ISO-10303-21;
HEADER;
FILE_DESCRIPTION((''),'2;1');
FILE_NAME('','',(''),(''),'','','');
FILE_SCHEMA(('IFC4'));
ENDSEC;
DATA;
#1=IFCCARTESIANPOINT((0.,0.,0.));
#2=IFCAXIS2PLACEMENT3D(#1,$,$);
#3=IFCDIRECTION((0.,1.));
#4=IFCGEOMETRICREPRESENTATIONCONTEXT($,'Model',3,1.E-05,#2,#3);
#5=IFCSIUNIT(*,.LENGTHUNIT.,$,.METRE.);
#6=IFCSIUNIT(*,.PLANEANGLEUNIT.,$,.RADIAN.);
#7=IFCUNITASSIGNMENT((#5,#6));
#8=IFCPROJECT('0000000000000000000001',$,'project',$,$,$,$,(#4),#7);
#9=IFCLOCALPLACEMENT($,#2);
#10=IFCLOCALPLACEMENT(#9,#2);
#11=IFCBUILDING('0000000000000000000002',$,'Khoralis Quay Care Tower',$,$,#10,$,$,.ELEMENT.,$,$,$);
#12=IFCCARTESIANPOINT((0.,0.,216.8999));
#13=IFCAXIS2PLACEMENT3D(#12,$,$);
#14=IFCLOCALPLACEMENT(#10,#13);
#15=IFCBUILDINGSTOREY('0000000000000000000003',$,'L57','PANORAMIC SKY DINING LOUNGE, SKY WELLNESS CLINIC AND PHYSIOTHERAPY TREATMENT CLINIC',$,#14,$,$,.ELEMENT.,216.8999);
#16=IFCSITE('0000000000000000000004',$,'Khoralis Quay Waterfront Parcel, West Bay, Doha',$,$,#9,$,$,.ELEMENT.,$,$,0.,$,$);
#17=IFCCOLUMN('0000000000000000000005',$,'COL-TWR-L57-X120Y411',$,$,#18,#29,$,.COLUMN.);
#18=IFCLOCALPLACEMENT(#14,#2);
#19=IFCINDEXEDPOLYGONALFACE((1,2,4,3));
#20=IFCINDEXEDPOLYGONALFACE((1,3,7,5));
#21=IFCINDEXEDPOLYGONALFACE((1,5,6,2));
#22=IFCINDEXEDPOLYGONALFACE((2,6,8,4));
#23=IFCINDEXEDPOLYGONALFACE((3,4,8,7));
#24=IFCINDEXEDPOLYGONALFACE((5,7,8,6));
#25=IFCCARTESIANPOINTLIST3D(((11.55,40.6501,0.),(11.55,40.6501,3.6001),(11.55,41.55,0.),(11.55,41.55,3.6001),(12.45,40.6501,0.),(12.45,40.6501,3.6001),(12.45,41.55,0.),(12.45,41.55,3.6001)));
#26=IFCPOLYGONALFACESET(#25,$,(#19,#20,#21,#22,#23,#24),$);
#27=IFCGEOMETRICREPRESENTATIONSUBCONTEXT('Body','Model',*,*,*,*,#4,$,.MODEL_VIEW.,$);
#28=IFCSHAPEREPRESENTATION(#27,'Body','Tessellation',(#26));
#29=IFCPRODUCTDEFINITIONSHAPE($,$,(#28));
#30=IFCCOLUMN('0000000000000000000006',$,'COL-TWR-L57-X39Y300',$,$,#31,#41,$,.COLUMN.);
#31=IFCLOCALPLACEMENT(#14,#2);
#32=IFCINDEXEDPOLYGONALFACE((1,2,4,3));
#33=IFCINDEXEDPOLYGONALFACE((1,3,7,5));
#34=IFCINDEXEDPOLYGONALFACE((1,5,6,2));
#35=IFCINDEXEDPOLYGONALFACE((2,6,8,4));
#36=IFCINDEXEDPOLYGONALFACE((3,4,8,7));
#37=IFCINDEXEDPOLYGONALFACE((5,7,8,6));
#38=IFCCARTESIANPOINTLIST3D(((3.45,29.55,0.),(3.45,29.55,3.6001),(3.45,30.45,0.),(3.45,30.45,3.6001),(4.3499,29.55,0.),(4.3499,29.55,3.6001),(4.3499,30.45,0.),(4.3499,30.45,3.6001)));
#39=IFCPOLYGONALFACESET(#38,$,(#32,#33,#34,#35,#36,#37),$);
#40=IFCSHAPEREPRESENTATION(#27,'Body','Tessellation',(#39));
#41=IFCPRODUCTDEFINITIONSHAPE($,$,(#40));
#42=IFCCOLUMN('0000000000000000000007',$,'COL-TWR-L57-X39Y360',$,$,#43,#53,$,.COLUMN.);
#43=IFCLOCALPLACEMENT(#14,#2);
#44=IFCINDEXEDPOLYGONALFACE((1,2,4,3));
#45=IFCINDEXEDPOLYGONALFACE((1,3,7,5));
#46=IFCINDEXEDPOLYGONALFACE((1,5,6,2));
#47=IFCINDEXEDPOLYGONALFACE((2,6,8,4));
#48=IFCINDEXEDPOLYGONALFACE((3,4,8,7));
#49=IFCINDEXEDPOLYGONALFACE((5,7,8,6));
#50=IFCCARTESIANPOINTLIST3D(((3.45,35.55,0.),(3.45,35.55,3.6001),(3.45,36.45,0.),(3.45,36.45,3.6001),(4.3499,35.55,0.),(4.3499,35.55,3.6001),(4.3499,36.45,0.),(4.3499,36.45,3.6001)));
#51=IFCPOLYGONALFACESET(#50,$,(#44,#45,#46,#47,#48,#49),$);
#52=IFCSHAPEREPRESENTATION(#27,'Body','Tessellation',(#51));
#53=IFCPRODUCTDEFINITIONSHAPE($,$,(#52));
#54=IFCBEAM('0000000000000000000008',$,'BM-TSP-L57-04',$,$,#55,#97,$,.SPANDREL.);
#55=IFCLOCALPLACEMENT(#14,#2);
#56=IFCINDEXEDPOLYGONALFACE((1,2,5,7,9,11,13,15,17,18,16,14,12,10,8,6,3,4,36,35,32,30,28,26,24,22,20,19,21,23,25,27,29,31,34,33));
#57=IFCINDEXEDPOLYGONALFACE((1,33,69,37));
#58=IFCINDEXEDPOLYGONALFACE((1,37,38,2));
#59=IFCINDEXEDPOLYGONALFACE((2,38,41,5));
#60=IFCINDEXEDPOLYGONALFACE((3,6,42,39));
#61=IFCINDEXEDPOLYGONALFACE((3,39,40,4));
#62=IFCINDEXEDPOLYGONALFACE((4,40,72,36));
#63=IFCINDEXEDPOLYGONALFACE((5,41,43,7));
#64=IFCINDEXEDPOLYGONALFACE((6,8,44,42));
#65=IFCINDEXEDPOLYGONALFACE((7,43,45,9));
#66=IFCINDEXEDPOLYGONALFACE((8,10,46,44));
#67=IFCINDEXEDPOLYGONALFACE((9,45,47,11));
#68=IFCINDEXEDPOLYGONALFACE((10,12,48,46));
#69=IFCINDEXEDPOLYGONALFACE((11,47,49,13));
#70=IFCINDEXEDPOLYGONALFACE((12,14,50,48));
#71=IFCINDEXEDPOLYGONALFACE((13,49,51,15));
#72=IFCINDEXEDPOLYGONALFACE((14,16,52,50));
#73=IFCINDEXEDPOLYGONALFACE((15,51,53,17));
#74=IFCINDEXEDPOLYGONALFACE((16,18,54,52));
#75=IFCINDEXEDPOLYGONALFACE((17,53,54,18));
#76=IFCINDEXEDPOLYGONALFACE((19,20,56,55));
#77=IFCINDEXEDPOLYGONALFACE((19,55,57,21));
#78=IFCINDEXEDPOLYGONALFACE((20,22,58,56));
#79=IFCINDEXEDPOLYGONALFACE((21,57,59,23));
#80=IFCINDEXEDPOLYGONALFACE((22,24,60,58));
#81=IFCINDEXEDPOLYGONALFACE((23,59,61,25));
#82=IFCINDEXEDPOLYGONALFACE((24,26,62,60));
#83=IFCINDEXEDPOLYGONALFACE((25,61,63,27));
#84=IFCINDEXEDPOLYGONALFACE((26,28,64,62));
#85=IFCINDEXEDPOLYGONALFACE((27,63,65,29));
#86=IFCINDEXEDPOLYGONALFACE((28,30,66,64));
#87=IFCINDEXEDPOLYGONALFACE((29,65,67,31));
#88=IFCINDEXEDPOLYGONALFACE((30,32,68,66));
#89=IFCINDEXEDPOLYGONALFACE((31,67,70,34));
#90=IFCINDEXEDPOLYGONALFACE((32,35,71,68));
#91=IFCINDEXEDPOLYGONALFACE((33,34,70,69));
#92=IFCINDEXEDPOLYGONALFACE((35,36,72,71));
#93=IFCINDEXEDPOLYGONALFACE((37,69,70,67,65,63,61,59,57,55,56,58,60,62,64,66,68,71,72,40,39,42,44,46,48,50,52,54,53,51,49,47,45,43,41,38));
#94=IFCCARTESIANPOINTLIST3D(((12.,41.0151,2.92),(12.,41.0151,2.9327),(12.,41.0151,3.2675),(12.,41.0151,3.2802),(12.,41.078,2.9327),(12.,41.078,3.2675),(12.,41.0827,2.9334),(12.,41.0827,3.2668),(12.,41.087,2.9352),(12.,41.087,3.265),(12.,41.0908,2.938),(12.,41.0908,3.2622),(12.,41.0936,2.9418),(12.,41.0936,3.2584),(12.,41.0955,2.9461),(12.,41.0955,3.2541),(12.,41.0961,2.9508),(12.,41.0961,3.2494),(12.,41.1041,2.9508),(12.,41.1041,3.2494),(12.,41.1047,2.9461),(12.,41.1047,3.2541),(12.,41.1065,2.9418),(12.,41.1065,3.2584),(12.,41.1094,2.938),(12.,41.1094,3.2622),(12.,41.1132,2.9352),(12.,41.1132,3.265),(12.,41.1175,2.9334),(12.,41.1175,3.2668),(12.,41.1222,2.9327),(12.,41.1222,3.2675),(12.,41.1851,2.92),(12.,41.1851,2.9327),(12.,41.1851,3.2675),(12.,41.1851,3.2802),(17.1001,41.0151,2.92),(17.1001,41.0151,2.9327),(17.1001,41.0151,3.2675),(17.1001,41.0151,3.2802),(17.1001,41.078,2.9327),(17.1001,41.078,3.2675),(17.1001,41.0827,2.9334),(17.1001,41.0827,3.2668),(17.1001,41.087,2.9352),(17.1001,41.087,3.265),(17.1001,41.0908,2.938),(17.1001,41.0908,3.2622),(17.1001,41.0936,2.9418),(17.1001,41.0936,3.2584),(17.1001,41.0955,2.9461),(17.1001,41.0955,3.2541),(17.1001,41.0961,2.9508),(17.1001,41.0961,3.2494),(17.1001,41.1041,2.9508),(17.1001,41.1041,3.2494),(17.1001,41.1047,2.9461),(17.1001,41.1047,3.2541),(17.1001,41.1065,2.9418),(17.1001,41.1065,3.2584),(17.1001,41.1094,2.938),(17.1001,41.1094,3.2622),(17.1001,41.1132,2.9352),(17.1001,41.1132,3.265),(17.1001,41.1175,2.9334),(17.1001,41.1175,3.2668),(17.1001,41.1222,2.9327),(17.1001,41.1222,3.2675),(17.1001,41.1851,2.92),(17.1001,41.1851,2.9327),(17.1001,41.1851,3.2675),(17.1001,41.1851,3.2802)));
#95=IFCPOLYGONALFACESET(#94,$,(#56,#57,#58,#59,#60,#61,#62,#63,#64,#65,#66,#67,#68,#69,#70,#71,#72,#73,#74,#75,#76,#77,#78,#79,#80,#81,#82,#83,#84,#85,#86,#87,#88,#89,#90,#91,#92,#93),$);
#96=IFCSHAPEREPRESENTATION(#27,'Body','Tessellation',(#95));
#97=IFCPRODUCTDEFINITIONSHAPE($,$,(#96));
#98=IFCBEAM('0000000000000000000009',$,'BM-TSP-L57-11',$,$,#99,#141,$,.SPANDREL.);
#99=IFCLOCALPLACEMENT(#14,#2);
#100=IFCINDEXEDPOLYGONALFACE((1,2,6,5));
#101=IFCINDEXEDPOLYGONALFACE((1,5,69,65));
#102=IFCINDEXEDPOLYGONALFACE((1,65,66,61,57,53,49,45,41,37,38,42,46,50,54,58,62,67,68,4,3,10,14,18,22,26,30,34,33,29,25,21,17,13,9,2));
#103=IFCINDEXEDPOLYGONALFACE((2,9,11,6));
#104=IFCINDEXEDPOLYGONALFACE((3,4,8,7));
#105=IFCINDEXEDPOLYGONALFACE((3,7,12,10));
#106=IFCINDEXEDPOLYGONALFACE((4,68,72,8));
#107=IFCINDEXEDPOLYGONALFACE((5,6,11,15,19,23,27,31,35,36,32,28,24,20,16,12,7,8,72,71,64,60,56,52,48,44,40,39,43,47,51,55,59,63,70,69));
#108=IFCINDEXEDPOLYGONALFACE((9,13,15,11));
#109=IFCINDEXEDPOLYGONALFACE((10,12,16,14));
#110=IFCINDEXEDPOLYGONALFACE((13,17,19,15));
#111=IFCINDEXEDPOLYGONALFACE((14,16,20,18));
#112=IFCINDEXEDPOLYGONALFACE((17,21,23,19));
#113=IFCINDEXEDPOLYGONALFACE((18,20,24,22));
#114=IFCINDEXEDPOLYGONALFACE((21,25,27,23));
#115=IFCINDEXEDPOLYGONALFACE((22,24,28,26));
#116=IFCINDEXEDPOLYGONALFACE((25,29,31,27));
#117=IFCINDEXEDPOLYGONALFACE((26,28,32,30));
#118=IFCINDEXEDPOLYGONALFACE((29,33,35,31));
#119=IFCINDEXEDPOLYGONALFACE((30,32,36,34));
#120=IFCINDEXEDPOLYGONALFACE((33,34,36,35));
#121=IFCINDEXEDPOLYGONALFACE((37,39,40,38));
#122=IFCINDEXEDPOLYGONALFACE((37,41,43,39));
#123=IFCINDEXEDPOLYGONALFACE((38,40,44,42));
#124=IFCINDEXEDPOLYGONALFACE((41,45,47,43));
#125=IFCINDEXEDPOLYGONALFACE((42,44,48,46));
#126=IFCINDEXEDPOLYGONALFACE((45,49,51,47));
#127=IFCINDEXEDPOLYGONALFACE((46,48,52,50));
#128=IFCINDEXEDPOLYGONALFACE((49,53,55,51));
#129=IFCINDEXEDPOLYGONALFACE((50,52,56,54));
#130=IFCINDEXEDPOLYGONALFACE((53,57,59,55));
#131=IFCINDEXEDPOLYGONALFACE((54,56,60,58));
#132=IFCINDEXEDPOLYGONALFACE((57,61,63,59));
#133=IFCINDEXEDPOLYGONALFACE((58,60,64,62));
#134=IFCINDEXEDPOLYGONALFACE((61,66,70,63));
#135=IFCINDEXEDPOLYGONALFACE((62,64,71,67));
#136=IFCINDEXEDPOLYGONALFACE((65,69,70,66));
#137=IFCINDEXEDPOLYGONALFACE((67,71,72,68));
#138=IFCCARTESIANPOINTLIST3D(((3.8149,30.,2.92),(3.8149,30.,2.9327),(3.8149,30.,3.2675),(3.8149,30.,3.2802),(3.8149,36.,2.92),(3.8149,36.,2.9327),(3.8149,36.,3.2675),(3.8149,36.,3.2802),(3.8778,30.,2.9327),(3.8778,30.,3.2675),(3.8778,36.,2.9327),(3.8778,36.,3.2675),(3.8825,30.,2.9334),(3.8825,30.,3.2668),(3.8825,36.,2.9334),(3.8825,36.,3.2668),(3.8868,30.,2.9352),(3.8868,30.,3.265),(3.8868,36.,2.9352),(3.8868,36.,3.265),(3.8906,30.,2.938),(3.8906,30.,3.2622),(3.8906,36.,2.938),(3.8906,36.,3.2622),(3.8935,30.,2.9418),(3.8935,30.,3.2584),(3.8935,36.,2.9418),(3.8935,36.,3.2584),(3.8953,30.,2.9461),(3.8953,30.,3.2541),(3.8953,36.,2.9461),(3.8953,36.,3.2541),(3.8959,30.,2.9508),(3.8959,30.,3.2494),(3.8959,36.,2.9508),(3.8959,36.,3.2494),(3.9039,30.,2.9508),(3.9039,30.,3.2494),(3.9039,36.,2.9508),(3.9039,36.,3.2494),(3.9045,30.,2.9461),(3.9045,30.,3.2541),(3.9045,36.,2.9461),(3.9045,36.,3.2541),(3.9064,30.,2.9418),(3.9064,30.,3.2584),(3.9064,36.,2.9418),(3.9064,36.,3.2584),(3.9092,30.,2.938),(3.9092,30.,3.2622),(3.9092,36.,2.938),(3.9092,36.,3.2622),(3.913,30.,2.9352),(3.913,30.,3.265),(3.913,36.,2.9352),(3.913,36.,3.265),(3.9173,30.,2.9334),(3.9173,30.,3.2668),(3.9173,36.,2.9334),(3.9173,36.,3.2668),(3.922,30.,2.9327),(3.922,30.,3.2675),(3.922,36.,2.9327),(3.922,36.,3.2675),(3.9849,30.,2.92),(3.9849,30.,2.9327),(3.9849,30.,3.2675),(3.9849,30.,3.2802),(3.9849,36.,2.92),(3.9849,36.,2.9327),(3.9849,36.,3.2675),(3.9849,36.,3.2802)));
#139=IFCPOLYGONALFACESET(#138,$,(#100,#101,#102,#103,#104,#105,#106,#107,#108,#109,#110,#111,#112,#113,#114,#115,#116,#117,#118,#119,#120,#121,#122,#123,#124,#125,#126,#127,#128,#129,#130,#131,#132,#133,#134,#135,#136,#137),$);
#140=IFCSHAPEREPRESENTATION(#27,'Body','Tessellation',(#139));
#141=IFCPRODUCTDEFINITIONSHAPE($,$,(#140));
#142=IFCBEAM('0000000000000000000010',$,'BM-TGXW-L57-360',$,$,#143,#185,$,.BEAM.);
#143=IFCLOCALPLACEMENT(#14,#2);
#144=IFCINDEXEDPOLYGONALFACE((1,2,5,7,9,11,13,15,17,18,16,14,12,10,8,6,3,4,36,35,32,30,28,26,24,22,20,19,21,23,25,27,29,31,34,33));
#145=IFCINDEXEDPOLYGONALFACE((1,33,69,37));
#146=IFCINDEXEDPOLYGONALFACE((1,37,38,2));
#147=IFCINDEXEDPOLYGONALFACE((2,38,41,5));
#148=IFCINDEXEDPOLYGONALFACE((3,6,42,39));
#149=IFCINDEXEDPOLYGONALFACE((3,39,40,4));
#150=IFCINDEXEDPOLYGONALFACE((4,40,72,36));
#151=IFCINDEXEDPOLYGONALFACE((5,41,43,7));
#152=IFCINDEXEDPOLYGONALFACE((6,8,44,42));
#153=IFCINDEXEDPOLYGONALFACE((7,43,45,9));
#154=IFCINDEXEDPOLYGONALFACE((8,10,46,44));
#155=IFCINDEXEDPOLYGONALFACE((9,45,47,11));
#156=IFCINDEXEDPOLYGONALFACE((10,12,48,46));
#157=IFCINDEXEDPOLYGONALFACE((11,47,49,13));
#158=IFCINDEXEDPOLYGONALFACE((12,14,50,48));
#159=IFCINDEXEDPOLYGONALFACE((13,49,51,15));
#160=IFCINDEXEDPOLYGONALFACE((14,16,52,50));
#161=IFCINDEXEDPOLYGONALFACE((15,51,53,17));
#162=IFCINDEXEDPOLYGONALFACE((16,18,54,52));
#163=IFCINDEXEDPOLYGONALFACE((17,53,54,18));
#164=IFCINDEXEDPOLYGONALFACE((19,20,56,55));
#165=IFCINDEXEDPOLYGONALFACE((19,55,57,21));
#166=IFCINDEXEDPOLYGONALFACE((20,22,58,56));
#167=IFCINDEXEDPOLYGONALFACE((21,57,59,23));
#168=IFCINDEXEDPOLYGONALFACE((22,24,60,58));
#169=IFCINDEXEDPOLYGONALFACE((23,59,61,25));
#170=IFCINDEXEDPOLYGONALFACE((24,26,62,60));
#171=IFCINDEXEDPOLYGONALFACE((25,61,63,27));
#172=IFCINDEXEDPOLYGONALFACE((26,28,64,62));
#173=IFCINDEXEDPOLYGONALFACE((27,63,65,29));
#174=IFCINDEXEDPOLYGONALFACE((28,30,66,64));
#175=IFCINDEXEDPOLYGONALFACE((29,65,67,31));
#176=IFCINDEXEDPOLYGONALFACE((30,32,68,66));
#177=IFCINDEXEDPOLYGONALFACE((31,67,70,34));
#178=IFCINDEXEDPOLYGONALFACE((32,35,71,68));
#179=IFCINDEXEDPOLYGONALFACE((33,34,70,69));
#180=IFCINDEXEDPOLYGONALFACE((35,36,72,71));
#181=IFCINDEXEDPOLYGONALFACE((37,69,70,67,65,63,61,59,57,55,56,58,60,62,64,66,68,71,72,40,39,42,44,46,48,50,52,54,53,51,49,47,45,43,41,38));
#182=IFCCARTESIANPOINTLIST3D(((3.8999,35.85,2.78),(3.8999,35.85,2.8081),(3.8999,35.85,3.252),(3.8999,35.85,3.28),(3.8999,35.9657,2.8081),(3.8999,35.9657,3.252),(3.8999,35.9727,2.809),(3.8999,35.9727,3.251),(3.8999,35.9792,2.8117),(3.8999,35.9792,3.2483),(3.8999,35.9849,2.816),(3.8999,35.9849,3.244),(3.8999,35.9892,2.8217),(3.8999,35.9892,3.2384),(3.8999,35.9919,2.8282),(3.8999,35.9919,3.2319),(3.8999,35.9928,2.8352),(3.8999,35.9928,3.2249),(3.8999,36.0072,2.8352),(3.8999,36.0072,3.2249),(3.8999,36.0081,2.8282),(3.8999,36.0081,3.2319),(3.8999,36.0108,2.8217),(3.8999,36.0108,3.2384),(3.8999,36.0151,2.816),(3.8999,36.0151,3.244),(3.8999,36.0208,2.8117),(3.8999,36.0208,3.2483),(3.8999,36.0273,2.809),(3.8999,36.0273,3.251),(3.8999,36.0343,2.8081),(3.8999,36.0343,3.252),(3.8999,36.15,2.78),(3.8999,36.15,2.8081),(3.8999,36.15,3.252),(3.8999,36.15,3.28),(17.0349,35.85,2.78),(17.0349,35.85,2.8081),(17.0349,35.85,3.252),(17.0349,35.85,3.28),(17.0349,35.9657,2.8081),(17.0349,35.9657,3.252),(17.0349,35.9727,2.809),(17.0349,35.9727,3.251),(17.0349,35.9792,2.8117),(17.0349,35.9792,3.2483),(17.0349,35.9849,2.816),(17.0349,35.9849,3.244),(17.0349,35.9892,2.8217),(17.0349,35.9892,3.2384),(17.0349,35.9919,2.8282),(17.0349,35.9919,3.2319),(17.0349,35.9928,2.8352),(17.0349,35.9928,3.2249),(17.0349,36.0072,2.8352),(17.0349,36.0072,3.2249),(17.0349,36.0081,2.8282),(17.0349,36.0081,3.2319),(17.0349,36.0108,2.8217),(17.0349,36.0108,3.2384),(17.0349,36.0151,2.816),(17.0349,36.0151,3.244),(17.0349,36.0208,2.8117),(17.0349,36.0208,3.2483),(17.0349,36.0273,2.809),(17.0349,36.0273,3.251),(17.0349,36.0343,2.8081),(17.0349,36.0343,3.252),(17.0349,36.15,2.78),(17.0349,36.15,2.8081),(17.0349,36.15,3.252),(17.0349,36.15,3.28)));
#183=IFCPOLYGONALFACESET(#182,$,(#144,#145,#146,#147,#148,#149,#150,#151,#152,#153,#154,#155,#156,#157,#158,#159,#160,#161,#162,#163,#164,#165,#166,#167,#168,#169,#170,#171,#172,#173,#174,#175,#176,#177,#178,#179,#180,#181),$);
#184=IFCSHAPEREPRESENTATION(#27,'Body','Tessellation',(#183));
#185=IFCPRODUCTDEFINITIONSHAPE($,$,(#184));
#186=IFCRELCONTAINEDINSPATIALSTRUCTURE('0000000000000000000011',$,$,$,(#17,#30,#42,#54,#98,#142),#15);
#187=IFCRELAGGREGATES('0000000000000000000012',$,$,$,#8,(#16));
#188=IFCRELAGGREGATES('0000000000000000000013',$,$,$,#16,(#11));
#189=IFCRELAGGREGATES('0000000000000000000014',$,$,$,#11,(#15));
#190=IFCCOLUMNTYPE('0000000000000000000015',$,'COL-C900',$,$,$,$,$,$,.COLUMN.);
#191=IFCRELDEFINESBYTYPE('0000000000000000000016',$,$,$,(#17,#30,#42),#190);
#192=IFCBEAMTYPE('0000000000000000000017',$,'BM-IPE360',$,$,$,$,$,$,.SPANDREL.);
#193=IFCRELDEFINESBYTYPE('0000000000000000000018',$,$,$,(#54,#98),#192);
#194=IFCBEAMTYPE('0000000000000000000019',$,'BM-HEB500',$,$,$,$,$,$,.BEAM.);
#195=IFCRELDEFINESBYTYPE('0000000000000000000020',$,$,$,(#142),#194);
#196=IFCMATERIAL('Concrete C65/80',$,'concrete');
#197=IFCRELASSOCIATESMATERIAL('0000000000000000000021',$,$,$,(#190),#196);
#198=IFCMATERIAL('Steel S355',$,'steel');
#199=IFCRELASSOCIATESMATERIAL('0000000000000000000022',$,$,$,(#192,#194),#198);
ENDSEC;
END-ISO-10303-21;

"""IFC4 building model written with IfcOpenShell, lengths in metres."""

from ifc_helpers import new_model, si_unit, direction, frame, origin, origin_2d, place, context, subcontext, project, spatial, rectangle, i_section, extrude, source, transform, mapped, material, material_profile, profile_set, type_object, element, save


model = new_model("IFC4")

# Units and contexts
model_context = context("Model", 3, precision=1e-05, world=origin(), true_north=direction((0.0, 1.0)))
body_context = subcontext(model_context, "Body", "Model", "MODEL_VIEW")
ifc_project = project(units=[si_unit("LENGTHUNIT", "METRE"), si_unit("PLANEANGLEUNIT", "RADIAN")], contexts=[model_context])

# Site, building, storey
site_placement = place(None, origin())
site = spatial("IfcSite", under=ifc_project, at=site_placement, Name="Khoralis Quay Waterfront Parcel, West Bay, Doha", CompositionType="ELEMENT", RefElevation=0.0)
building_placement = place(site_placement, origin())
building = spatial("IfcBuilding", under=site, at=building_placement, Name="Khoralis Quay Care Tower", CompositionType="ELEMENT")
storey_placement = place(building_placement, frame((0.0, 0.0, 216.8999)))
storey = spatial("IfcBuildingStorey", under=building, at=storey_placement, Name="L57", Description="PANORAMIC SKY DINING LOUNGE, SKY WELLNESS CLINIC AND PHYSIOTHERAPY TREATMENT CLINIC", CompositionType="ELEMENT", Elevation=216.8999)

# Columns
ifc_material_1 = material(Name="Concrete C65/80", Category="concrete")
ifc_material_profile_1 = material_profile(ifc_material_1, rectangle(XDim=0.8999, YDim=0.8999, at=origin_2d()), Name="Concrete C65/80")
ifc_profile_set_1 = profile_set([ifc_material_profile_1], Name="Concrete C65/80")
column_type = type_object("IfcColumnType", Name="COL-C900", PredefinedType="COLUMN", material=ifc_profile_set_1)
shared_shape_1 = source(origin(), body_context, "Body", "SweptSolid", [
    extrude(rectangle(XDim=0.8999, YDim=0.8999, at=origin_2d()), origin(), (0.0, 0.0, 1.0), 3.6001),
])
for number, where, z_axis, x_axis, name in (
    (1, (12.0, 41.1001, 0.0), (0.0, 0.0, 1.0), (1.0, 0.0, 0.0), "COL-TWR-L57-X120Y411"),
    (2, (3.8999, 30.0, 0.0), (0.0, 0.0, 1.0), (1.0, 0.0, 0.0), "COL-TWR-L57-X39Y300"),
    (3, (3.8999, 36.0, 0.0), (0.0, 0.0, 1.0), (1.0, 0.0, 0.0), "COL-TWR-L57-X39Y360"),
):
    element("IfcColumn", number, at=place(storey_placement, frame(where, z_axis=z_axis, x_axis=x_axis)), inside=storey, type_object=column_type, Name=name, PredefinedType="COLUMN", context=body_context, shape_type="MappedRepresentation", body=[
        mapped(shared_shape_1, transform((0.0, 0.0, 0.0), scale=1.0)),
    ])

# Beams
ifc_material_2 = material(Name="Steel S355", Category="steel")
ifc_material_profile_2 = material_profile(ifc_material_2, i_section(OverallWidth=0.1699, OverallDepth=0.3601, WebThickness=0.0081, FlangeThickness=0.0127, FilletRadius=0.0181, at=origin_2d()), Name="Steel S355")
ifc_profile_set_2 = profile_set([ifc_material_profile_2], Name="Steel S355")
beam_type_1 = type_object("IfcBeamType", Name="BM-IPE360", PredefinedType="SPANDREL", material=ifc_profile_set_2)
shared_shape_2 = source(origin(), body_context, "Body", "SweptSolid", [
    extrude(i_section(OverallWidth=0.1699, OverallDepth=0.3601, WebThickness=0.0081, FlangeThickness=0.0127, FilletRadius=0.0181, at=origin_2d()), origin(), (0.0, 0.0, 1.0), 5.1001),
])
beam_1_placement = place(storey_placement, frame((12.0, 41.1001, 3.1001), z_axis=(1.0, 0.0, 0.0), x_axis=(0.0, 1.0, 0.0)))
element("IfcBeam", 4, at=beam_1_placement, inside=storey, type_object=beam_type_1, Name="BM-TSP-L57-04", PredefinedType="SPANDREL", context=body_context, shape_type="MappedRepresentation", body=[
    mapped(shared_shape_2, transform((0.0, 0.0, 0.0), scale=1.0)),
])
shared_shape_3 = source(origin(), body_context, "Body", "SweptSolid", [
    extrude(i_section(OverallWidth=0.1699, OverallDepth=0.3601, WebThickness=0.0081, FlangeThickness=0.0127, FilletRadius=0.0181, at=origin_2d()), origin(), (0.0, 0.0, 1.0), 6.0),
])
beam_2_placement = place(storey_placement, frame((3.8999, 30.0, 3.1001), z_axis=(0.0, 1.0, 0.0), x_axis=(-1.0, 0.0, 0.0)))
element("IfcBeam", 5, at=beam_2_placement, inside=storey, type_object=beam_type_1, Name="BM-TSP-L57-11", PredefinedType="SPANDREL", context=body_context, shape_type="MappedRepresentation", body=[
    mapped(shared_shape_3, transform((0.0, 0.0, 0.0), scale=1.0)),
])
ifc_material_profile_3 = material_profile(ifc_material_2, i_section(OverallWidth=0.3, OverallDepth=0.5, WebThickness=0.0144, FlangeThickness=0.0281, FilletRadius=0.0271, at=origin_2d()), Name="Steel S355")
ifc_profile_set_3 = profile_set([ifc_material_profile_3], Name="Steel S355")
beam_type_2 = type_object("IfcBeamType", Name="BM-HEB500", PredefinedType="BEAM", material=ifc_profile_set_3)
shared_shape_4 = source(origin(), body_context, "Body", "SweptSolid", [
    extrude(i_section(OverallWidth=0.3, OverallDepth=0.5, WebThickness=0.0144, FlangeThickness=0.0281, FilletRadius=0.0271, at=origin_2d()), origin(), (0.0, 0.0, 1.0), 13.135),
])
beam_3_placement = place(storey_placement, frame((3.8999, 36.0, 3.03), z_axis=(1.0, 0.0, 0.0), x_axis=(0.0, 1.0, 0.0)))
element("IfcBeam", 6, at=beam_3_placement, inside=storey, type_object=beam_type_2, Name="BM-TGXW-L57-360", PredefinedType="BEAM", context=body_context, shape_type="MappedRepresentation", body=[
    mapped(shared_shape_4, transform((0.0, 0.0, 0.0), scale=1.0)),
])

save(model, "model.ifc")
